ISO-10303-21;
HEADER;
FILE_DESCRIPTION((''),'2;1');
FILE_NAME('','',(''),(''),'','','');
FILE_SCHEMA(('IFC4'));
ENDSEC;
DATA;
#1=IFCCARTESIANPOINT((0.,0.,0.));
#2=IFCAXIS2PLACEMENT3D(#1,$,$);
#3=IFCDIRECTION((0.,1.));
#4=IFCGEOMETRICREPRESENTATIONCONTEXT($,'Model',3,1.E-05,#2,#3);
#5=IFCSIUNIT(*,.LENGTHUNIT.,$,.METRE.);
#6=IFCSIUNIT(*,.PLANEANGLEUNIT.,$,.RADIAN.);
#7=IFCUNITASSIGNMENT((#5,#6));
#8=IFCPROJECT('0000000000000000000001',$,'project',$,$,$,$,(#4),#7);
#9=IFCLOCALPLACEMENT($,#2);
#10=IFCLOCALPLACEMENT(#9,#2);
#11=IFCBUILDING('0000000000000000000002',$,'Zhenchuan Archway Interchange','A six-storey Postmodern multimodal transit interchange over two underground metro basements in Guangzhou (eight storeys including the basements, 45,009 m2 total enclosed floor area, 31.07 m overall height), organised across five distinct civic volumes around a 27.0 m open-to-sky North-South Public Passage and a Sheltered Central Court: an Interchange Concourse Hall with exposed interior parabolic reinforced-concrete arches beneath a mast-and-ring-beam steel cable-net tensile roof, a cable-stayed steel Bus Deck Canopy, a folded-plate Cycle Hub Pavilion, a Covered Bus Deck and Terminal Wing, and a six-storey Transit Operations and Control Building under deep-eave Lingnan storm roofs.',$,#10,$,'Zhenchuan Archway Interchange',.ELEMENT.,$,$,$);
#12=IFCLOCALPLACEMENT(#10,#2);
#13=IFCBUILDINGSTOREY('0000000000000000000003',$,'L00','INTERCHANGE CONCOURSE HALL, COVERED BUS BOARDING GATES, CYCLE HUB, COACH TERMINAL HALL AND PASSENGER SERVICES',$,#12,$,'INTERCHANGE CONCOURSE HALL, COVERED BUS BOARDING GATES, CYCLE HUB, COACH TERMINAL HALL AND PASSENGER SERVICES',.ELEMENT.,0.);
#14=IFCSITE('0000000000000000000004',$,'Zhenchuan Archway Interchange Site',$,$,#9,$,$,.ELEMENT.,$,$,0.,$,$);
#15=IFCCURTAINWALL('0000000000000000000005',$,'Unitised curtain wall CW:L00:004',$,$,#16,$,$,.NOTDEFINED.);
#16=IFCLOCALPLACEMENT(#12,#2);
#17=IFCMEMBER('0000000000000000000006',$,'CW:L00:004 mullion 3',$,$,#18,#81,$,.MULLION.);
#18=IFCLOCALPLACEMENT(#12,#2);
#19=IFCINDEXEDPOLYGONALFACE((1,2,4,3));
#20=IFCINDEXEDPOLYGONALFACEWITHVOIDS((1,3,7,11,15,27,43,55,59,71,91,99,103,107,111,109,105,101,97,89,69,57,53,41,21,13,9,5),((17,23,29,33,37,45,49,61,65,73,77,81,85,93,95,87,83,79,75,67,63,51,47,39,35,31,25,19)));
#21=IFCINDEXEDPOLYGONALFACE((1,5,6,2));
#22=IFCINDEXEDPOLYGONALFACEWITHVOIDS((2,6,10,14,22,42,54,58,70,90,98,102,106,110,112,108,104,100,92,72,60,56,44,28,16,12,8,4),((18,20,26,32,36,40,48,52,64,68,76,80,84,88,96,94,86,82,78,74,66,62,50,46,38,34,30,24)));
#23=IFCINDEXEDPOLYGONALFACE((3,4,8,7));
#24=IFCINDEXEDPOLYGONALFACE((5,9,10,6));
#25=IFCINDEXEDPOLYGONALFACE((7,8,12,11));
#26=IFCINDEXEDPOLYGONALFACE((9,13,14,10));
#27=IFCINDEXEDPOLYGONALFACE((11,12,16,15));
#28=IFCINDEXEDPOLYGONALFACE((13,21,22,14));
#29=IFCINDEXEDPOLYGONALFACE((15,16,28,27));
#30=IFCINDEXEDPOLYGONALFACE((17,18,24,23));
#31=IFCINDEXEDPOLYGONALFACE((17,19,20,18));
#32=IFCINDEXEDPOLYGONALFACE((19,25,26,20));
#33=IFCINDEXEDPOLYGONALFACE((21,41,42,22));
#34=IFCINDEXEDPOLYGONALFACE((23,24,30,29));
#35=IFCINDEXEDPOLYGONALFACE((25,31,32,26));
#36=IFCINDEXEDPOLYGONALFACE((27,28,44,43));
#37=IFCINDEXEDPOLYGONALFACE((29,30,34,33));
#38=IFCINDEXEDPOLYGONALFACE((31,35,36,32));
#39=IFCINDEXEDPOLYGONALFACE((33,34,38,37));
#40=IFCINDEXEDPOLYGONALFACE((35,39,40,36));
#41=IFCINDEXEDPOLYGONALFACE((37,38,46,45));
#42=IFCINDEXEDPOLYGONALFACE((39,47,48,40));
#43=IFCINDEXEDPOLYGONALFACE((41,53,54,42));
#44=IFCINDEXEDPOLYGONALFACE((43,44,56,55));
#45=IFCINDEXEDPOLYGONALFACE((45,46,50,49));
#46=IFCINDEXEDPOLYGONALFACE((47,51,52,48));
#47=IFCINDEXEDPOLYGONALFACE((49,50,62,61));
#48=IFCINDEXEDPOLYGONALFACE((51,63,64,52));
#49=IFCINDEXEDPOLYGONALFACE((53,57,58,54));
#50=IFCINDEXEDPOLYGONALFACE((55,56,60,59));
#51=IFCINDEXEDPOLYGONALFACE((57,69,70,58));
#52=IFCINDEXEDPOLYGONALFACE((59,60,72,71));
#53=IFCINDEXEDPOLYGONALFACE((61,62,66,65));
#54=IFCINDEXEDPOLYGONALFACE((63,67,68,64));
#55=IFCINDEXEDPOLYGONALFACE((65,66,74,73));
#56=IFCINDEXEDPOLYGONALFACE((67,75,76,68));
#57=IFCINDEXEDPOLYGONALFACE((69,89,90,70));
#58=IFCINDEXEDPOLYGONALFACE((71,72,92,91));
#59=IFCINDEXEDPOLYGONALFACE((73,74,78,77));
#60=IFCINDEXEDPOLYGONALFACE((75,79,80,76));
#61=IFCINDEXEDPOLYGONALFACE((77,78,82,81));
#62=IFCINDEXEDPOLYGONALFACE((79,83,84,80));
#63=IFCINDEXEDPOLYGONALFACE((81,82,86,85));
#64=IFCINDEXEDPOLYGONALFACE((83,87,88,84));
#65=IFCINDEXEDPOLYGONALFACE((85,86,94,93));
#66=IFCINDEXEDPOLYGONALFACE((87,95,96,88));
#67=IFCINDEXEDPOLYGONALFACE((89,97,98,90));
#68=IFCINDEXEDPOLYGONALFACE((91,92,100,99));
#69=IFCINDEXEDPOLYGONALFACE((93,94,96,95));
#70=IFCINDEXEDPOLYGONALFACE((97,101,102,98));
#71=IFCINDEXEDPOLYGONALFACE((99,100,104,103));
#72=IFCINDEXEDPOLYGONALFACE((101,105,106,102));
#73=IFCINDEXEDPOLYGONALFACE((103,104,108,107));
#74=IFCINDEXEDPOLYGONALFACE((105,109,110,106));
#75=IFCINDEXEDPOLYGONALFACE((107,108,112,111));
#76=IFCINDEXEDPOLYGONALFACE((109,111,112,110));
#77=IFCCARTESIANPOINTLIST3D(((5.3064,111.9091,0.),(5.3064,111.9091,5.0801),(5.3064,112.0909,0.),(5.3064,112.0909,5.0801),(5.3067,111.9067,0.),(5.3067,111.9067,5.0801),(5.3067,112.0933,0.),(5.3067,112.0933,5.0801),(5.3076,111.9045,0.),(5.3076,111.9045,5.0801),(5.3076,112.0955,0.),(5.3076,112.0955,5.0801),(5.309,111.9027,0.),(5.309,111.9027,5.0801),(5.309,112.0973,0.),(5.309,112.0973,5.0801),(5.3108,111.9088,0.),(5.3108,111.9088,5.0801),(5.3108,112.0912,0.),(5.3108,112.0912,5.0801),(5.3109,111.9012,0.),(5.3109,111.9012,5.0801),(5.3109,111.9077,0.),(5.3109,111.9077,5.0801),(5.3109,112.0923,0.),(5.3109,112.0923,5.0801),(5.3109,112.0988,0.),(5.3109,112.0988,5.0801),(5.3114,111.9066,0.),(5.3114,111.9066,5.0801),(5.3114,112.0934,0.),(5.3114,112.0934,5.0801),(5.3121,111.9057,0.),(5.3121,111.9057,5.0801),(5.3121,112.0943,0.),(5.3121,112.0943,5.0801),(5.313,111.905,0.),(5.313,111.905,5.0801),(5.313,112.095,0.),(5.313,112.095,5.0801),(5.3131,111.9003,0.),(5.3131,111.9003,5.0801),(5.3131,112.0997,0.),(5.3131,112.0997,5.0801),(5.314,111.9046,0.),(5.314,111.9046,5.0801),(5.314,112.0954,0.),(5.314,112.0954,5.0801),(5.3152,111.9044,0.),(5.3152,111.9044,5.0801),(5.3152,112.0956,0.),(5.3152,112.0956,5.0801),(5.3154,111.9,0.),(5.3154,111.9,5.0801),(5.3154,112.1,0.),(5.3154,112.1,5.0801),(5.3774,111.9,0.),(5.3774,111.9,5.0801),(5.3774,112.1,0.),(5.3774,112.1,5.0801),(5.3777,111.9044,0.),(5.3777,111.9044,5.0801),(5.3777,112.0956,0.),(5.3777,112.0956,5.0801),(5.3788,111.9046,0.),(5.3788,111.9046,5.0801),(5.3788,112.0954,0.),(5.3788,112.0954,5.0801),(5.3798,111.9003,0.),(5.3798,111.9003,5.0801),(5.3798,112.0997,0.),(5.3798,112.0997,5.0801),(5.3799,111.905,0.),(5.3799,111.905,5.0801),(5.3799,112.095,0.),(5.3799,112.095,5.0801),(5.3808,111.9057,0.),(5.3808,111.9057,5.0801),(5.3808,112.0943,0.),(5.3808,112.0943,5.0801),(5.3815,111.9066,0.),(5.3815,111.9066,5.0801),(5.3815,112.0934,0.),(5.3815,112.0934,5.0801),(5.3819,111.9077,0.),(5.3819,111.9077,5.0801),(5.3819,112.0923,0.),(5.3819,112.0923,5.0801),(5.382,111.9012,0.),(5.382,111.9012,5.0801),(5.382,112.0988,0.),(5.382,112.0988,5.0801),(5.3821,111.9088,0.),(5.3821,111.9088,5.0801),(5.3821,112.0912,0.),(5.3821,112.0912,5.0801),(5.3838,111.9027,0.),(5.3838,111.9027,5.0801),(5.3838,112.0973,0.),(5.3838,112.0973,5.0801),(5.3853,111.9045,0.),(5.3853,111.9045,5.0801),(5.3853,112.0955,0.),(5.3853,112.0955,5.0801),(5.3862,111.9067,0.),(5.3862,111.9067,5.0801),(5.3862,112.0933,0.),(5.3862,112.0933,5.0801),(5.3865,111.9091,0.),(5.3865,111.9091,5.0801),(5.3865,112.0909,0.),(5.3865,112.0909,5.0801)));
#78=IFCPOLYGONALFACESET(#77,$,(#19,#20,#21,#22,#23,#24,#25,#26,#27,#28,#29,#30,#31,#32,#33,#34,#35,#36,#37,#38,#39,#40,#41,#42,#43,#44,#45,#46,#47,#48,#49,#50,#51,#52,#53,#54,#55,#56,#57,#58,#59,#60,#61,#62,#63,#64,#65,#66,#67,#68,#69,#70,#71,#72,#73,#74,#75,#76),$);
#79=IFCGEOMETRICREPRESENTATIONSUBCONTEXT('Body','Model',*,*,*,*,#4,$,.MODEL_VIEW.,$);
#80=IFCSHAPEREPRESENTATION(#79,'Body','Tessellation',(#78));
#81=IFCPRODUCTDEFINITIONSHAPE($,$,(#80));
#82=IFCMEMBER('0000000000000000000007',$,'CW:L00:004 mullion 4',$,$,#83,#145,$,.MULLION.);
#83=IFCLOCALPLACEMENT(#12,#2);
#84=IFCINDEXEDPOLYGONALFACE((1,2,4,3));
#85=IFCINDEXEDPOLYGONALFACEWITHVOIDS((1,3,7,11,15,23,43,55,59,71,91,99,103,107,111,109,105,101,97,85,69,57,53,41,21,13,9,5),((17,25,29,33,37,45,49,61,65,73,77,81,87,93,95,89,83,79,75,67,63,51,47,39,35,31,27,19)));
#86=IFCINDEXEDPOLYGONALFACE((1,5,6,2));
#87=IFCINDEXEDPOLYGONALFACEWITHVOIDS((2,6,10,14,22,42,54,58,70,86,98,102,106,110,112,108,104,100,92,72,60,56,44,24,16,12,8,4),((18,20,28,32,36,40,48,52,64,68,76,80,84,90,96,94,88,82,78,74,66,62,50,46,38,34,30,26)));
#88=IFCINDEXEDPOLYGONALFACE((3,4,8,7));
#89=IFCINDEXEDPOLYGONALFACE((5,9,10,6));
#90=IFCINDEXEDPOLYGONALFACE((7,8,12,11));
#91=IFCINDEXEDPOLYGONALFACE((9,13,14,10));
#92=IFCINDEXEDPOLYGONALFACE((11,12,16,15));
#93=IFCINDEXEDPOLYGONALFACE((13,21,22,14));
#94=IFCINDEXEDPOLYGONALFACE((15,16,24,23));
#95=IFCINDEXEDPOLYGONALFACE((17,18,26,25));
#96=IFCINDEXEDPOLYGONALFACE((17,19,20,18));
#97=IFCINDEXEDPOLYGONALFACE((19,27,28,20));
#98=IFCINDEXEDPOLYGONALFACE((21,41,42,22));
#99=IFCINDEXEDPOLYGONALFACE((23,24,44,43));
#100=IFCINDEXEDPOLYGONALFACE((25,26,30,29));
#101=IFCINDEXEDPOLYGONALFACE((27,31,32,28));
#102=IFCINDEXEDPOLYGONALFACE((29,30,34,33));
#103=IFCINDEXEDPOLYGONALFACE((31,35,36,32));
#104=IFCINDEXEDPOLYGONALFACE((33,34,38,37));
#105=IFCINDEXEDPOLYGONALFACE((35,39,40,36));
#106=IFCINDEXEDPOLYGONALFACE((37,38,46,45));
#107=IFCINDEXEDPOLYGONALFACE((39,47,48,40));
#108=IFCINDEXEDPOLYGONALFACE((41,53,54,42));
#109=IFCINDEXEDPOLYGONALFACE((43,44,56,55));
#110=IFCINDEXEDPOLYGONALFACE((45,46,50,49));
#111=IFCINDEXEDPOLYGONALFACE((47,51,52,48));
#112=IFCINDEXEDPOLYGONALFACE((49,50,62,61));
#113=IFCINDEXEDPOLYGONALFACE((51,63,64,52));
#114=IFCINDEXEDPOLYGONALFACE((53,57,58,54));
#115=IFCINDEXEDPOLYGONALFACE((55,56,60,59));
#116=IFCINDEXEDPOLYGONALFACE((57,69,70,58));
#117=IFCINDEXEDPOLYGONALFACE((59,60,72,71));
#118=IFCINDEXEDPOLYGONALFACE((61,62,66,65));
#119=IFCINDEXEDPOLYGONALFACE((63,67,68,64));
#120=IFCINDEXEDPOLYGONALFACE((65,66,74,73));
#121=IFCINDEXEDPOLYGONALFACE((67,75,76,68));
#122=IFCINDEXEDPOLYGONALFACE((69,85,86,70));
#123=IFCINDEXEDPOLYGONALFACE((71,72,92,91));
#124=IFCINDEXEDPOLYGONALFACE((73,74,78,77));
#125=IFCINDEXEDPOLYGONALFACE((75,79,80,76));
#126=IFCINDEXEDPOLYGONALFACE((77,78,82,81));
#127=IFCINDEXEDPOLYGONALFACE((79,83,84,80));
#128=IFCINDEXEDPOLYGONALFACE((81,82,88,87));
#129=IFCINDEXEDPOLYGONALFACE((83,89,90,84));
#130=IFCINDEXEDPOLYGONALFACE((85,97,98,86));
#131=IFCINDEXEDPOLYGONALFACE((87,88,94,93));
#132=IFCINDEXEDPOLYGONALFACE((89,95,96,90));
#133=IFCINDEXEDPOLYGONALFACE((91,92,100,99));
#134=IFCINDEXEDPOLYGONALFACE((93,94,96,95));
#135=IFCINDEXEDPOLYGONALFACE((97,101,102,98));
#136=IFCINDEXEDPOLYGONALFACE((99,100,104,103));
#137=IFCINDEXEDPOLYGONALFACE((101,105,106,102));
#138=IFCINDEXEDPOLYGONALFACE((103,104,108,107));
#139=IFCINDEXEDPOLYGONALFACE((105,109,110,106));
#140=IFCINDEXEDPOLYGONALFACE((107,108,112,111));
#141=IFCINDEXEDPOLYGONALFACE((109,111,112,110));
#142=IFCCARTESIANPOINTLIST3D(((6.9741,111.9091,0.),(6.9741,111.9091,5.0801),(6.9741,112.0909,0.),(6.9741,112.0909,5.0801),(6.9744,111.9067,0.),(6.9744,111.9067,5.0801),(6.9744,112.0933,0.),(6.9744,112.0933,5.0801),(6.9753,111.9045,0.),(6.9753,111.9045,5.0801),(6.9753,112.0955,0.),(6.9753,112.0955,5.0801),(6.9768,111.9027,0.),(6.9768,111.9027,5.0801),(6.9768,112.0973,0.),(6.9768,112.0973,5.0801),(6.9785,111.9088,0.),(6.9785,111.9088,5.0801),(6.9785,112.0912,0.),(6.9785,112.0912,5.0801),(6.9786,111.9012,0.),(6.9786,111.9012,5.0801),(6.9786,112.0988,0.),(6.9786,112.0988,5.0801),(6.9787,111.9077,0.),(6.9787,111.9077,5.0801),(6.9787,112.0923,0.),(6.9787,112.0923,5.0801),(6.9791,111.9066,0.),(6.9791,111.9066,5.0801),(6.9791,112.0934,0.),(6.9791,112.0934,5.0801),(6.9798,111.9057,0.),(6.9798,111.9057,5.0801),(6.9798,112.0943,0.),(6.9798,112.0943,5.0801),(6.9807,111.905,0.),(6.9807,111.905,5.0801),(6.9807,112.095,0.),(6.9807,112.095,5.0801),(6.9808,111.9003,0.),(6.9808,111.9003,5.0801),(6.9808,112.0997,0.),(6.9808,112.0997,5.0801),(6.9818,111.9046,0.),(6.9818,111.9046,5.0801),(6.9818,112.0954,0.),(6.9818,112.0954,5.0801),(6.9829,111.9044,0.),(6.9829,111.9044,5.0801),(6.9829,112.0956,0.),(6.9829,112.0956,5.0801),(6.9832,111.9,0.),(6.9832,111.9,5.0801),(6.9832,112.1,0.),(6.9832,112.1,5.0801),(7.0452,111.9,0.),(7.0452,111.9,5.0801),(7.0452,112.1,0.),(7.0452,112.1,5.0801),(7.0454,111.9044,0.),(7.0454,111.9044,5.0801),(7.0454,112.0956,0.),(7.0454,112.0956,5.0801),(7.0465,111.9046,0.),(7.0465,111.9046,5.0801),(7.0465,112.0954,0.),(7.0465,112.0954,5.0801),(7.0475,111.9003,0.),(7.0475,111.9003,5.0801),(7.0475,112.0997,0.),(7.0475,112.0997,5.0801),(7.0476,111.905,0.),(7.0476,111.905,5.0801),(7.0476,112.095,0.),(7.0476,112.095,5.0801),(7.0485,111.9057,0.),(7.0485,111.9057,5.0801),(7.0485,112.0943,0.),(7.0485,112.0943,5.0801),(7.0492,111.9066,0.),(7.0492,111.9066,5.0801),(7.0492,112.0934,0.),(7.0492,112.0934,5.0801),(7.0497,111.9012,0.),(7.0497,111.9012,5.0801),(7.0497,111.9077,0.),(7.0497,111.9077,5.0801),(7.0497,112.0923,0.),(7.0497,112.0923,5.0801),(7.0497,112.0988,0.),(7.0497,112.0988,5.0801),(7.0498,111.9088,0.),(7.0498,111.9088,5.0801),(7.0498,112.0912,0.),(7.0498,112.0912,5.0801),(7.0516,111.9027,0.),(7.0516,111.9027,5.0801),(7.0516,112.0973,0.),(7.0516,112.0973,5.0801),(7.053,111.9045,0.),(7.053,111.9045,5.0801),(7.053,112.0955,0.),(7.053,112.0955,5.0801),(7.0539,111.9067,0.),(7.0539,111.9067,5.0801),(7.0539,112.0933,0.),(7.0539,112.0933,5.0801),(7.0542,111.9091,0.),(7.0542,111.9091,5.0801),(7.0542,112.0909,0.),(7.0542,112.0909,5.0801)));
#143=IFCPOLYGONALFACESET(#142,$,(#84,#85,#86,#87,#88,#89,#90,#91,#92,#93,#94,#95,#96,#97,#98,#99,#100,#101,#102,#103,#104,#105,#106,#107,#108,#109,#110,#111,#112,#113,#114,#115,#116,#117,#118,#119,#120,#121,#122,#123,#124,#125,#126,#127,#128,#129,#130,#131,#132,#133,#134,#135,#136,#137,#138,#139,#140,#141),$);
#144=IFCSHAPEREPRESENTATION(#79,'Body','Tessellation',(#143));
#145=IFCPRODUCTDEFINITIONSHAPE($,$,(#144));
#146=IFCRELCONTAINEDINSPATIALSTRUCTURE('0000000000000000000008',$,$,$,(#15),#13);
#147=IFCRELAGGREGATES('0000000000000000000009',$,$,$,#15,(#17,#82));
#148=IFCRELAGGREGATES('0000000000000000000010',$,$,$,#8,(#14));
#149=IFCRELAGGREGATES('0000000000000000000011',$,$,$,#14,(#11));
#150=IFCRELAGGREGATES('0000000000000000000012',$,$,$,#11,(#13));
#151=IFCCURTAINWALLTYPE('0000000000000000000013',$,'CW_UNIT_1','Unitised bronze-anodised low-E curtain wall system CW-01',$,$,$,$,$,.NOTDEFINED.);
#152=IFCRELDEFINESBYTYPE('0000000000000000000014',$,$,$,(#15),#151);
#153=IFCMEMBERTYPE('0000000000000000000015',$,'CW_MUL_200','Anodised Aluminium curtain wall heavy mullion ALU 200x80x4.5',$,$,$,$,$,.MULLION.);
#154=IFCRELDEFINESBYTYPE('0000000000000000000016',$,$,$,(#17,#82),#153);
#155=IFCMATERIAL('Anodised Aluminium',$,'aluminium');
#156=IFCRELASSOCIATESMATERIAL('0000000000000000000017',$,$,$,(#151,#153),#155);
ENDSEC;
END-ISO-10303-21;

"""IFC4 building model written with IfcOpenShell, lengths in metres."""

from ifc_helpers import new_model, si_unit, direction, frame, origin, origin_2d, place, context, subcontext, project, spatial, hollow_rectangle, extrude, material, material_profile, profile_set, type_object, element, aggregate, save


model = new_model("IFC4")

# Units and contexts
model_context = context("Model", 3, precision=1e-05, world=origin(), true_north=direction((0.0, 1.0)))
body_context = subcontext(model_context, "Body", "Model", "MODEL_VIEW")
ifc_project = project(units=[si_unit("LENGTHUNIT", "METRE"), si_unit("PLANEANGLEUNIT", "RADIAN")], contexts=[model_context])

# Site, building, storey
site_placement = place(None, origin())
site = spatial("IfcSite", under=ifc_project, at=site_placement, Name="Zhenchuan Archway Interchange Site", CompositionType="ELEMENT", RefElevation=0.0)
building_placement = place(site_placement, origin())
building = spatial("IfcBuilding", under=site, at=building_placement, Name="Zhenchuan Archway Interchange", Description="A six-storey Postmodern multimodal transit interchange over two underground metro basements in Guangzhou (eight storeys including the basements, 45,009 m2 total enclosed floor area, 31.07 m overall height), organised across five distinct civic volumes around a 27.0 m open-to-sky North-South Public Passage and a Sheltered Central Court: an Interchange Concourse Hall with exposed interior parabolic reinforced-concrete arches beneath a mast-and-ring-beam steel cable-net tensile roof, a cable-stayed steel Bus Deck Canopy, a folded-plate Cycle Hub Pavilion, a Covered Bus Deck and Terminal Wing, and a six-storey Transit Operations and Control Building under deep-eave Lingnan storm roofs.", LongName="Zhenchuan Archway Interchange", CompositionType="ELEMENT")
storey_placement = place(building_placement, origin())
storey = spatial("IfcBuildingStorey", under=building, at=storey_placement, Name="L00", Description="INTERCHANGE CONCOURSE HALL, COVERED BUS BOARDING GATES, CYCLE HUB, COACH TERMINAL HALL AND PASSENGER SERVICES", LongName="INTERCHANGE CONCOURSE HALL, COVERED BUS BOARDING GATES, CYCLE HUB, COACH TERMINAL HALL AND PASSENGER SERVICES", CompositionType="ELEMENT", Elevation=0.0)

# Curtain wall, members
ifc_material_1 = material(Name="Anodised Aluminium", Category="aluminium")
curtain_wall_type = type_object("IfcCurtainWallType", Name="CW_UNIT_1", Description="Unitised bronze-anodised low-E curtain wall system CW-01", PredefinedType="NOTDEFINED", material=ifc_material_1)
curtain_wall_placement = place(storey_placement, origin())
curtain_wall = element("IfcCurtainWall", 1, at=curtain_wall_placement, inside=storey, type_object=curtain_wall_type, Name="Unitised curtain wall CW:L00:004", PredefinedType="NOTDEFINED")
ifc_material_profile_1 = material_profile(ifc_material_1, hollow_rectangle(XDim=0.0801, YDim=0.2, WallThickness=0.0044, InnerFilletRadius=0.0044, OuterFilletRadius=0.009, at=origin_2d()), Name="ALU 200x80x4.5")
ifc_profile_set_1 = profile_set([ifc_material_profile_1], Name="Anodised Aluminium")
member_type_1 = type_object("IfcMemberType", Name="CW_MUL_200", Description="Anodised Aluminium curtain wall heavy mullion ALU 200x80x4.5", PredefinedType="MULLION", material=ifc_profile_set_1)
member_1_placement = place(storey_placement, frame((5.3464, 112.0, 0.0), z_axis=(0.0, 0.0, 1.0), x_axis=(1.0, 0.0, 0.0)))
member_1 = element("IfcMember", 2, at=member_1_placement, type_object=member_type_1, Name="CW:L00:004 mullion 3", PredefinedType="MULLION", context=body_context, shape_type="SweptSolid", body=[
    extrude(hollow_rectangle(XDim=0.0801, YDim=0.2, WallThickness=0.0044, InnerFilletRadius=0.0044, OuterFilletRadius=0.009, at=origin_2d()), origin(), (0.0, 0.0, 1.0), 5.0801),
])
member_2_placement = place(storey_placement, frame((7.0142, 112.0, 0.0), z_axis=(0.0, 0.0, 1.0), x_axis=(1.0, 0.0, 0.0)))
member_2 = element("IfcMember", 3, at=member_2_placement, type_object=member_type_1, Name="CW:L00:004 mullion 4", PredefinedType="MULLION", context=body_context, shape_type="SweptSolid", body=[
    extrude(hollow_rectangle(XDim=0.0801, YDim=0.2, WallThickness=0.0044, InnerFilletRadius=0.0044, OuterFilletRadius=0.009, at=origin_2d()), origin(), (0.0, 0.0, 1.0), 5.0801),
])

aggregate(curtain_wall, [member_1, member_2])

save(model, "model.ifc")
